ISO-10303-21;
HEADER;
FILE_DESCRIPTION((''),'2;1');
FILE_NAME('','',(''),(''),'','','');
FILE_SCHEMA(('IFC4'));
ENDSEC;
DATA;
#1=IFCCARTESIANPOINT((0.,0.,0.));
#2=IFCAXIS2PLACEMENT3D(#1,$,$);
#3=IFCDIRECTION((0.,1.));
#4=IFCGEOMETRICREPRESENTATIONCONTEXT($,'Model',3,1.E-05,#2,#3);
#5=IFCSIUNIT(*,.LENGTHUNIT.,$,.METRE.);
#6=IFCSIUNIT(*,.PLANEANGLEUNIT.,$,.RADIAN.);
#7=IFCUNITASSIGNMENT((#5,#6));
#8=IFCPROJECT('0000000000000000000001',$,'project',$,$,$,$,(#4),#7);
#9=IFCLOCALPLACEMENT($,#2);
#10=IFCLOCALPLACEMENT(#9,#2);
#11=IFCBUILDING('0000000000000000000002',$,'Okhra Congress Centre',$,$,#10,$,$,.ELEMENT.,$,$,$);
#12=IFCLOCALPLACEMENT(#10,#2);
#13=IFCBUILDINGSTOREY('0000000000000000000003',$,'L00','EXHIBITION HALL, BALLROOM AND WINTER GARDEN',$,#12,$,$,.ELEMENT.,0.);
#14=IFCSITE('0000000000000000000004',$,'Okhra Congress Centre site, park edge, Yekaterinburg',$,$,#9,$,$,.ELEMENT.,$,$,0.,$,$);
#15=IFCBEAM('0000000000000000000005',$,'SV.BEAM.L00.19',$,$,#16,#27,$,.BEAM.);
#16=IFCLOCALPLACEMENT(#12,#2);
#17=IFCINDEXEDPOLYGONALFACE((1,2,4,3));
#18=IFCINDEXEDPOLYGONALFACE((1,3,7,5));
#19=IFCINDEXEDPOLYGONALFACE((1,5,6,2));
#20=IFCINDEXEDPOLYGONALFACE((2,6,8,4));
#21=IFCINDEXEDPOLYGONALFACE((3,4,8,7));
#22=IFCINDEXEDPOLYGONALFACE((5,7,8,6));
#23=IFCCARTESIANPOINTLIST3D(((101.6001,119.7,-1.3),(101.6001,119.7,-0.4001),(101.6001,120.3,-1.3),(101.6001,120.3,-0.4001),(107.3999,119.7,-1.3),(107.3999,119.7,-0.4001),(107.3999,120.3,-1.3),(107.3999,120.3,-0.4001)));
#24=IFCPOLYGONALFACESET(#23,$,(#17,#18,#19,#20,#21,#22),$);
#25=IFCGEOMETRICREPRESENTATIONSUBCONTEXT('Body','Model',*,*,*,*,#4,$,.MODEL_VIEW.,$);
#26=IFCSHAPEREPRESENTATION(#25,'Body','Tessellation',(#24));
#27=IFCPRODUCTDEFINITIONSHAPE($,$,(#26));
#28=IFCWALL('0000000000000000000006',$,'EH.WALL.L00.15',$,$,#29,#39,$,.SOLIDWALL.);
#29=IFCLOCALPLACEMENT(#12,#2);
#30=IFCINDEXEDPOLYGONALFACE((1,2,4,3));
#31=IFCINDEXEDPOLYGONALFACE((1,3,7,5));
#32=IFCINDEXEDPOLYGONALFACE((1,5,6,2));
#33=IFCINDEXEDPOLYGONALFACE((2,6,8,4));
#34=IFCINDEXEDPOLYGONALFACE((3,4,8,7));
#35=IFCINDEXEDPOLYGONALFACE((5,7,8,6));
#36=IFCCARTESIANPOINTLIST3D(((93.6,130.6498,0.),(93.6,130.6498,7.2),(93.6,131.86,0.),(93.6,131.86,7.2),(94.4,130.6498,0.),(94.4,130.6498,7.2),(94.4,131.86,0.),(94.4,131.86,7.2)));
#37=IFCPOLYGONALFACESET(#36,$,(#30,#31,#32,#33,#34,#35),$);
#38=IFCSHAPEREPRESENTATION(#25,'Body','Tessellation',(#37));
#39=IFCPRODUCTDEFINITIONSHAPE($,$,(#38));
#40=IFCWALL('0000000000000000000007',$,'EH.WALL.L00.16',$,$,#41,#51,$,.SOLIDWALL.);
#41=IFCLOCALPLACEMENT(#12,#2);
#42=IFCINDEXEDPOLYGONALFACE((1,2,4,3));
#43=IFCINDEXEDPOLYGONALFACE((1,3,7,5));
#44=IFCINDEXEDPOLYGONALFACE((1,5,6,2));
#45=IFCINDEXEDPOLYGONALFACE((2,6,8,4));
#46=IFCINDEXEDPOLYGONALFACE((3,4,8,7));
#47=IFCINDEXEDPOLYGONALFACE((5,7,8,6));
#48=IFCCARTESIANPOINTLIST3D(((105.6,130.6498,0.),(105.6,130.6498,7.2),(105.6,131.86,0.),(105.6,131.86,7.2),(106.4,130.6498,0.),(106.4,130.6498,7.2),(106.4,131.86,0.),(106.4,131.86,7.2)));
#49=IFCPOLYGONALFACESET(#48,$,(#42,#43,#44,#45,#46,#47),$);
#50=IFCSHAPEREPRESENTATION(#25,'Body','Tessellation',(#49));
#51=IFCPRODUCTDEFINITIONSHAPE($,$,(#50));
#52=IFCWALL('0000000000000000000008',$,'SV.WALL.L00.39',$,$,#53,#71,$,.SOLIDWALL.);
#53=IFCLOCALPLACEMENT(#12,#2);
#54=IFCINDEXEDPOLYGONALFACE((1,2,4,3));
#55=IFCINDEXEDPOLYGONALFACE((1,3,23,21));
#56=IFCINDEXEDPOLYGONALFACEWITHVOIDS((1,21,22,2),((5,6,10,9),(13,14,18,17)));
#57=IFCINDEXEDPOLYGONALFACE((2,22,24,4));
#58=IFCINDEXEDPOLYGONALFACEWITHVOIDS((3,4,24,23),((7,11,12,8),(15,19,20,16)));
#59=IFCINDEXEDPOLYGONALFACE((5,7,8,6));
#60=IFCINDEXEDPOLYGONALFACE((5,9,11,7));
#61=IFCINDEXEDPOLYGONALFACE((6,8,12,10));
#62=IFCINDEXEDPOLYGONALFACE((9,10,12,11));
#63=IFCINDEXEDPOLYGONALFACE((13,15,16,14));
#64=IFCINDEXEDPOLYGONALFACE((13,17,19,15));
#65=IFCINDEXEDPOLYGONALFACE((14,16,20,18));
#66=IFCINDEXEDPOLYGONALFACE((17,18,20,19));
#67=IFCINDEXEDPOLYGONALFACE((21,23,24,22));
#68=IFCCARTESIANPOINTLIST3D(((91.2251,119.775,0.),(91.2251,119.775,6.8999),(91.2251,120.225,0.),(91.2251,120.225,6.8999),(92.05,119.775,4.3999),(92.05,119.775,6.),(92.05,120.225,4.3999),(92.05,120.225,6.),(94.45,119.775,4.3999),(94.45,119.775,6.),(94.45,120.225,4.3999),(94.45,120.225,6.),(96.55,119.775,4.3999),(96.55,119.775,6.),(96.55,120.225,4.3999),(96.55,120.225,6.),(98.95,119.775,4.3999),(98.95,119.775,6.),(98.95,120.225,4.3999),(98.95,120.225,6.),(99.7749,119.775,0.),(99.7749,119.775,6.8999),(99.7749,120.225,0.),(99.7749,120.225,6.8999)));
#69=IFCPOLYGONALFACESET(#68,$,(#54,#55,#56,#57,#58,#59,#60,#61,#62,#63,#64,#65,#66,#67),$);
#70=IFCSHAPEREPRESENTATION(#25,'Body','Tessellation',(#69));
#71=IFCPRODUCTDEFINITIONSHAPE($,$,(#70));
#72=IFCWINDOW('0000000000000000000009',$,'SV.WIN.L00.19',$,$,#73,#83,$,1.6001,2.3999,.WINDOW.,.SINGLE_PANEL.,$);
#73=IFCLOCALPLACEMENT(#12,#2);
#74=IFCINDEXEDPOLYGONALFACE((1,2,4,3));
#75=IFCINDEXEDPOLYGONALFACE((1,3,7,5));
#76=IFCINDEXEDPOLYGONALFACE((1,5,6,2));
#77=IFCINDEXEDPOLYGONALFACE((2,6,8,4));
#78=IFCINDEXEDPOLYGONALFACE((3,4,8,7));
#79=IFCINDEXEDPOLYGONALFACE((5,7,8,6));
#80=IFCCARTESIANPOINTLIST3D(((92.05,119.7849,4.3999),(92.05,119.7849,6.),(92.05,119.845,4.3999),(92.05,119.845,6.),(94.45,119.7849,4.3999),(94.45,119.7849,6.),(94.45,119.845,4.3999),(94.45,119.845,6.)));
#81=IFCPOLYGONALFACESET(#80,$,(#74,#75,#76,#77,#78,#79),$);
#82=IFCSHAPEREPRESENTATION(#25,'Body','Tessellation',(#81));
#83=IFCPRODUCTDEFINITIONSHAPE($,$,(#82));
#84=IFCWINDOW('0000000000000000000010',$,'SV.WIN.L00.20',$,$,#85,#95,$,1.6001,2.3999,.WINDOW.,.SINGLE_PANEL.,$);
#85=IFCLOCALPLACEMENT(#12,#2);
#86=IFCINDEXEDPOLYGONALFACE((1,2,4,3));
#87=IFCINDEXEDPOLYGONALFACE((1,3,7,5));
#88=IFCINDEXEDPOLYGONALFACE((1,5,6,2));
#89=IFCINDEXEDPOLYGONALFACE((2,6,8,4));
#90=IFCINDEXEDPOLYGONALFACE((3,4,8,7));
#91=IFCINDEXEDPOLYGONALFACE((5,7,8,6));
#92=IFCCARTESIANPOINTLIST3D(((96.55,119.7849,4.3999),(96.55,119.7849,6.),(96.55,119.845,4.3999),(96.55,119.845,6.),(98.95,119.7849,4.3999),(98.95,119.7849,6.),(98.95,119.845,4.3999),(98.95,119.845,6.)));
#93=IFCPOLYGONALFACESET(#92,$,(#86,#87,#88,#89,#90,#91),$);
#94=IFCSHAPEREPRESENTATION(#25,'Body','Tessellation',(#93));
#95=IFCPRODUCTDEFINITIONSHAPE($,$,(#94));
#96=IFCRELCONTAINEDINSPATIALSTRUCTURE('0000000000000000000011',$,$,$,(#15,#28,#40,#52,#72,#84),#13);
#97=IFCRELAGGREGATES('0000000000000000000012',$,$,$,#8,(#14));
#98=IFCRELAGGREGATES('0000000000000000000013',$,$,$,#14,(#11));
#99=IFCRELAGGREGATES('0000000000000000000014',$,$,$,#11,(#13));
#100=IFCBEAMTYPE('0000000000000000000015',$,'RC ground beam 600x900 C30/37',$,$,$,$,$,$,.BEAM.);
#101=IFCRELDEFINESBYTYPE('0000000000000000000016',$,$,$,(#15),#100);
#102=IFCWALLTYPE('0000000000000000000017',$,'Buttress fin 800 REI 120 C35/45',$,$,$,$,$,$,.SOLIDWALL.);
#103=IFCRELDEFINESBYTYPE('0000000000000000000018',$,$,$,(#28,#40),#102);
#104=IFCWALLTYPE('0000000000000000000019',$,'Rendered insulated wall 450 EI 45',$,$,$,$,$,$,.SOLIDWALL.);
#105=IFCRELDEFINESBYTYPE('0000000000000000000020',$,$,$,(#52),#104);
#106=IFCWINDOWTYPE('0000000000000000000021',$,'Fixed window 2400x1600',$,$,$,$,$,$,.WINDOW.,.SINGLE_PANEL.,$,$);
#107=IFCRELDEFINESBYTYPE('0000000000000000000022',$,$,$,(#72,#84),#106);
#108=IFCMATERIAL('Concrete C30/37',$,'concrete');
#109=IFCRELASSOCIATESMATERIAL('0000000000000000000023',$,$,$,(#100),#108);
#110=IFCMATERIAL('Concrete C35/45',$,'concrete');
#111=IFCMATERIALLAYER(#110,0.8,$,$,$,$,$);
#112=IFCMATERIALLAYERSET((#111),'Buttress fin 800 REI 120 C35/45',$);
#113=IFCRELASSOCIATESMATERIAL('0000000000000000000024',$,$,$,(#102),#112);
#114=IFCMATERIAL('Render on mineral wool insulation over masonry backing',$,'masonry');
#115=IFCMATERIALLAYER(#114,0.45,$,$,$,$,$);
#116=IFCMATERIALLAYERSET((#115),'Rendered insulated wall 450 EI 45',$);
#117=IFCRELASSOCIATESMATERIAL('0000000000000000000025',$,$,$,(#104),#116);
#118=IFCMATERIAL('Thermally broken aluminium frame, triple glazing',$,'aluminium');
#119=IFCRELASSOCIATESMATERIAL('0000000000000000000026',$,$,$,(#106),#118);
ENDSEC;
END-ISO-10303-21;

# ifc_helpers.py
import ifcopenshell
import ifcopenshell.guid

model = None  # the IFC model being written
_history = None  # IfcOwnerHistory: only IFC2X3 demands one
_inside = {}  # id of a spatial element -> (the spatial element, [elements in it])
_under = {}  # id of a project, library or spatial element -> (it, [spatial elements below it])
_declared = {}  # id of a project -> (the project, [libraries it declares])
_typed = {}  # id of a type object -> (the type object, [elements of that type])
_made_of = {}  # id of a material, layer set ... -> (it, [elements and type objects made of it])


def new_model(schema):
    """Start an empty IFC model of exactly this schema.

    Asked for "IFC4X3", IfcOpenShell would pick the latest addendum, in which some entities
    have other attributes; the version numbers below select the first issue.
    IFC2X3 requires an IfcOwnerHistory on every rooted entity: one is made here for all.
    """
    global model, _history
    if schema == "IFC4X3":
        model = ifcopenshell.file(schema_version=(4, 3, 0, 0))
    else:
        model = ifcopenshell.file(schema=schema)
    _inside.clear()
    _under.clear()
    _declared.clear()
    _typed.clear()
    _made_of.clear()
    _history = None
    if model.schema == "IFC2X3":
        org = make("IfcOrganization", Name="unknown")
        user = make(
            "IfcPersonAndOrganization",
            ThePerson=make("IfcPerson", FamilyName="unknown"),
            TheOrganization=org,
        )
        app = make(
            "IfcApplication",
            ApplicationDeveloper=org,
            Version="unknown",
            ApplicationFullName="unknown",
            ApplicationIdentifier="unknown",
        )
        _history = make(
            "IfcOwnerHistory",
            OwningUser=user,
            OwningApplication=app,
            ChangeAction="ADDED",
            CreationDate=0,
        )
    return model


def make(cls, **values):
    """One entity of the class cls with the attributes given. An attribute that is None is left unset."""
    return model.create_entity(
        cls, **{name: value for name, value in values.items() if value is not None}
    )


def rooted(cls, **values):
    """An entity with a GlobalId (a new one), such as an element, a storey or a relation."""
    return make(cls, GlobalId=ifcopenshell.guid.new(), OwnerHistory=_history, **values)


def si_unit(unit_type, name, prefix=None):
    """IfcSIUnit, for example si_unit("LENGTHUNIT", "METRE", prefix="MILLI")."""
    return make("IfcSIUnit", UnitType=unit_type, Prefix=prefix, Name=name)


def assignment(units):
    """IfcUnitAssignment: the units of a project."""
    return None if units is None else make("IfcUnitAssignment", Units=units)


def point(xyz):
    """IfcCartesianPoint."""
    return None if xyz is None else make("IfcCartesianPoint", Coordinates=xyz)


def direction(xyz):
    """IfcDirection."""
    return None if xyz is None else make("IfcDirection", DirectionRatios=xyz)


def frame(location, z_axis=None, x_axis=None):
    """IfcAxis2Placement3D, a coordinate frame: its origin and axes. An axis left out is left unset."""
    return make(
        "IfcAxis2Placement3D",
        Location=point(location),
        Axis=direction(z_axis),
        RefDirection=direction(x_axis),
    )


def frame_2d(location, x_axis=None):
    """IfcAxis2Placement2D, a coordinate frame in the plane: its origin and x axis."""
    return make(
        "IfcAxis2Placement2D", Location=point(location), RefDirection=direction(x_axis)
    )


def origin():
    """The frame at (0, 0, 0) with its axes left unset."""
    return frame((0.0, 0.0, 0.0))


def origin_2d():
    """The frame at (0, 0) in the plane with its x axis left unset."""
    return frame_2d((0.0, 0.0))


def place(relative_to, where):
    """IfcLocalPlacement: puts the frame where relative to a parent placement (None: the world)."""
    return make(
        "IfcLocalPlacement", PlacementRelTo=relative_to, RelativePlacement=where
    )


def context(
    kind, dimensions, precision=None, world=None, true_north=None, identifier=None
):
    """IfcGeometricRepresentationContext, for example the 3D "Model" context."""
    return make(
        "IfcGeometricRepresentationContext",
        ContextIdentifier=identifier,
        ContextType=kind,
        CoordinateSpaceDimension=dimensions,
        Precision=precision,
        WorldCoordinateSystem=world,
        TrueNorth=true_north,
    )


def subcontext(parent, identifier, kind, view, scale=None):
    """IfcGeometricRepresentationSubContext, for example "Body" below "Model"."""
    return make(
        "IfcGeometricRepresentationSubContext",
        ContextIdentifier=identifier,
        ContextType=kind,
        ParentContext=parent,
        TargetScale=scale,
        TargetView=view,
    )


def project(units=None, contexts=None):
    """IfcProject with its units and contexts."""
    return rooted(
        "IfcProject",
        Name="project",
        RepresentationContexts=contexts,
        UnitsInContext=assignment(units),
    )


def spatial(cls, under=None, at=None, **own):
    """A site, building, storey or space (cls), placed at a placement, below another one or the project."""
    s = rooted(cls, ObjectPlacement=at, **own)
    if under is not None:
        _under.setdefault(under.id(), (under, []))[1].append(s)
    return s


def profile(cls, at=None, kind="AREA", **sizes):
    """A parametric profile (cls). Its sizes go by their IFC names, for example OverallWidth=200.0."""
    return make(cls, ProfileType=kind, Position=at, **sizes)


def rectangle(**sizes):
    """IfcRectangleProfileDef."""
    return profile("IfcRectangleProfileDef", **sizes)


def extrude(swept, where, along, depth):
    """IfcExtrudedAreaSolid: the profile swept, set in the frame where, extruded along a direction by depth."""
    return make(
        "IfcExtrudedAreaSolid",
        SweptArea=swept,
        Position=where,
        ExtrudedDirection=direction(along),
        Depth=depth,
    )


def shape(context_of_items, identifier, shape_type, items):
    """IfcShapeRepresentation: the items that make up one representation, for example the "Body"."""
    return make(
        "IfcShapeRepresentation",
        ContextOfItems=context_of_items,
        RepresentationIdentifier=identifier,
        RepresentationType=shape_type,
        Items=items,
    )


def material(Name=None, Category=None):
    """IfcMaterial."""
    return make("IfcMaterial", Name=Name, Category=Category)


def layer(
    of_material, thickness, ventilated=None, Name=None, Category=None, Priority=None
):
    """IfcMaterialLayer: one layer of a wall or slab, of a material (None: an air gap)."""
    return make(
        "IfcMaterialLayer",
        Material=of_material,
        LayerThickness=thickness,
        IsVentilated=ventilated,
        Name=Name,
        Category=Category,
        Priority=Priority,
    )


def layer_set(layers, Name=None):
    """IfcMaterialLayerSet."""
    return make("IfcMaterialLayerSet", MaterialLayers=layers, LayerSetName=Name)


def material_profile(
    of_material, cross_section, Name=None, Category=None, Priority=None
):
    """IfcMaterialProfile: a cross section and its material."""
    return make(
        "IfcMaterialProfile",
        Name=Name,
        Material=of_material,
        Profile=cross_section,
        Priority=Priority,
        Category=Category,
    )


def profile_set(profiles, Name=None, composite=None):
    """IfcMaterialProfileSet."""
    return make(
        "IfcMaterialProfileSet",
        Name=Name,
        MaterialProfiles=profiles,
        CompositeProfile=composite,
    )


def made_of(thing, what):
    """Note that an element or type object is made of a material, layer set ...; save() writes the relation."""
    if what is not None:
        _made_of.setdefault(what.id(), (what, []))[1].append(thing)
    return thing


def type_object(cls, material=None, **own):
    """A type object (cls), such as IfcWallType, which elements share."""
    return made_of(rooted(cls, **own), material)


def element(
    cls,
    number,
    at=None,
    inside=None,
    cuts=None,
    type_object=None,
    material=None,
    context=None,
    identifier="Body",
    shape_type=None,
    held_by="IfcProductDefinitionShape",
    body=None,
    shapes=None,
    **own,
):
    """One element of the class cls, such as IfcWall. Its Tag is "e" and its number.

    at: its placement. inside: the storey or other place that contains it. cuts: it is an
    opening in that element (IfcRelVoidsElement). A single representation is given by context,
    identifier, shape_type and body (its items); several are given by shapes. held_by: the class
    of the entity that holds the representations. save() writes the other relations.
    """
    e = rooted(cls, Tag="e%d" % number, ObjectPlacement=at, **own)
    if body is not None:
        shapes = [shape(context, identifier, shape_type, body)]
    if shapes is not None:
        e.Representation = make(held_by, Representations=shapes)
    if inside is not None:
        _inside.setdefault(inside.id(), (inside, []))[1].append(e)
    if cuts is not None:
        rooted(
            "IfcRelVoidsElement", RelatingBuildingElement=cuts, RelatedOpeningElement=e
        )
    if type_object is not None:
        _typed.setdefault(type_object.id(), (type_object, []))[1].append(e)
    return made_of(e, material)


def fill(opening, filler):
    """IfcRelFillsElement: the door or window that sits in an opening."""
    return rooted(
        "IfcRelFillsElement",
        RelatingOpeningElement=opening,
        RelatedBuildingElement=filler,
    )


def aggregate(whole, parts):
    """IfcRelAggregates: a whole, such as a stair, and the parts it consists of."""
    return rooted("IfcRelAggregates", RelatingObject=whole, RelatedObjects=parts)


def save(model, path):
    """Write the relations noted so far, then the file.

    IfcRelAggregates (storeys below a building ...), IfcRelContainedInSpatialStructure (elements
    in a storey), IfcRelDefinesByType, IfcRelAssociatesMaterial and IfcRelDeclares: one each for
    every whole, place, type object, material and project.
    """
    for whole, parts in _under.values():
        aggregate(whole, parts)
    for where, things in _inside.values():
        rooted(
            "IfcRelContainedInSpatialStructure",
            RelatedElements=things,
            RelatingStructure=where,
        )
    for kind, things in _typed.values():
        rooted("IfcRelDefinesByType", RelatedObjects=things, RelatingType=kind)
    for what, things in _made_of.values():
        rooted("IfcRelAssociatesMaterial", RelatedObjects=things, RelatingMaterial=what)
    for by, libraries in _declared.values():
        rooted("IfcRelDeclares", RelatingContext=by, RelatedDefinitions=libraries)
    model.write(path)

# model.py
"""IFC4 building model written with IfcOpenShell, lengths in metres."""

from ifc_helpers import new_model, si_unit, direction, frame, frame_2d, origin, origin_2d, place, context, subcontext, project, spatial, rectangle, extrude, material, layer, layer_set, material_profile, profile_set, type_object, element, fill, save


model = new_model("IFC4")

# Units and contexts
model_context = context("Model", 3, precision=1e-05, world=origin(), true_north=direction((0.0, 1.0)))
body_context = subcontext(model_context, "Body", "Model", "MODEL_VIEW")
ifc_project = project(units=[si_unit("LENGTHUNIT", "METRE"), si_unit("PLANEANGLEUNIT", "RADIAN")], contexts=[model_context])

# Site, building, storey
site_placement = place(None, origin())
site = spatial("IfcSite", under=ifc_project, at=site_placement, Name="Okhra Congress Centre site, park edge, Yekaterinburg", CompositionType="ELEMENT", RefElevation=0.0)
building_placement = place(site_placement, origin())
building = spatial("IfcBuilding", under=site, at=building_placement, Name="Okhra Congress Centre", CompositionType="ELEMENT")
storey_placement = place(building_placement, origin())
storey = spatial("IfcBuildingStorey", under=building, at=storey_placement, Name="L00", Description="EXHIBITION HALL, BALLROOM AND WINTER GARDEN", CompositionType="ELEMENT", Elevation=0.0)

# Shared definitions
ifc_material_1 = material(Name="Concrete C30/37", Category="concrete")

# Shared definitions
ifc_material_2 = material(Name="Concrete C35/45", Category="concrete")

# Beam
ifc_material_profile_1 = material_profile(ifc_material_1, rectangle(XDim=0.6001, YDim=0.8999, at=origin_2d()), Name="RC 600x900")
ifc_profile_set_1 = profile_set([ifc_material_profile_1], Name="Concrete C30/37")
beam_type = type_object("IfcBeamType", Name="RC ground beam 600x900 C30/37", PredefinedType="BEAM", material=ifc_profile_set_1)
for number, where, z_axis, x_axis, name in (
    (1, (101.6001, 120.0, -0.8501), (1.0, 0.0, 0.0), (0.0, 1.0, 0.0), "SV.BEAM.L00.19"),
):
    element("IfcBeam", number, at=place(storey_placement, frame(where, z_axis=z_axis, x_axis=x_axis)), inside=storey, type_object=beam_type, Name=name, PredefinedType="BEAM", context=body_context, shape_type="SweptSolid", body=[
        extrude(rectangle(XDim=0.6001, YDim=0.8999, at=origin_2d()), origin(), (0.0, 0.0, 1.0), 5.7998),
    ])

# Walls
ifc_layer_1 = layer(ifc_material_2, 0.8)
ifc_layer_set_1 = layer_set([ifc_layer_1], Name="Buttress fin 800 REI 120 C35/45")
wall_type_1 = type_object("IfcWallType", Name="Buttress fin 800 REI 120 C35/45", PredefinedType="SOLIDWALL", material=ifc_layer_set_1)
for number, where, z_axis, x_axis, name in (
    (2, (94.0, 130.6499, 0.0), (0.0, 0.0, 1.0), (0.0, 1.0, 0.0), "EH.WALL.L00.15"),
    (3, (106.0, 130.6499, 0.0), (0.0, 0.0, 1.0), (0.0, 1.0, 0.0), "EH.WALL.L00.16"),
):
    element("IfcWall", number, at=place(storey_placement, frame(where, z_axis=z_axis, x_axis=x_axis)), inside=storey, type_object=wall_type_1, Name=name, PredefinedType="SOLIDWALL", context=body_context, shape_type="SweptSolid", body=[
        extrude(rectangle(XDim=1.2102, YDim=0.8, at=frame_2d((0.605, 0.0))), origin(), (0.0, 0.0, 1.0), 7.2),
    ])

# Wall, openings, windows
ifc_material_3 = material(Name="Render on mineral wool insulation over masonry backing", Category="masonry")
ifc_layer_2 = layer(ifc_material_3, 0.45)
ifc_layer_set_2 = layer_set([ifc_layer_2], Name="Rendered insulated wall 450 EI 45")
wall_type_2 = type_object("IfcWallType", Name="Rendered insulated wall 450 EI 45", PredefinedType="SOLIDWALL", material=ifc_layer_set_2)
wall_1_placement = place(storey_placement, frame((99.7749, 120.0, 0.0), z_axis=(0.0, 0.0, 1.0), x_axis=(-1.0, 0.0, 0.0)))
wall_1 = element("IfcWall", 4, at=wall_1_placement, inside=storey, type_object=wall_type_2, Name="SV.WALL.L00.39", PredefinedType="SOLIDWALL", context=body_context, shape_type="SweptSolid", body=[
    extrude(rectangle(XDim=8.5498, YDim=0.45, at=frame_2d((4.2749, 0.0))), origin(), (0.0, 0.0, 1.0), 6.8999),
])
opening_1_placement = place(wall_1_placement, frame((5.325, 0.0, 4.3999)))
opening_1 = element("IfcOpeningElement", 5, at=opening_1_placement, cuts=wall_1, PredefinedType="OPENING", context=body_context, shape_type="SweptSolid", body=[
    extrude(rectangle(XDim=2.3999, YDim=1.6001, at=frame_2d((1.2, 0.8))), frame((0.0, 0.2349, 0.0), z_axis=(0.0, -1.0, 0.0), x_axis=(1.0, 0.0, 0.0)), (0.0, 0.0, 1.0), 0.47),
])
opening_2_placement = place(wall_1_placement, frame((0.825, 0.0, 4.3999)))
opening_2 = element("IfcOpeningElement", 6, at=opening_2_placement, cuts=wall_1, PredefinedType="OPENING", context=body_context, shape_type="SweptSolid", body=[
    extrude(rectangle(XDim=2.3999, YDim=1.6001, at=frame_2d((1.2, 0.8))), frame((0.0, 0.2349, 0.0), z_axis=(0.0, -1.0, 0.0), x_axis=(1.0, 0.0, 0.0)), (0.0, 0.0, 1.0), 0.47),
])
ifc_material_4 = material(Name="Thermally broken aluminium frame, triple glazing", Category="aluminium")
window_type = type_object("IfcWindowType", Name="Fixed window 2400x1600", PartitioningType="SINGLE_PANEL", PredefinedType="WINDOW", material=ifc_material_4)
window_1_placement = place(opening_1_placement, origin())
window_1 = element("IfcWindow", 7, at=window_1_placement, inside=storey, type_object=window_type, Name="SV.WIN.L00.19", OverallHeight=1.6001, OverallWidth=2.3999, PartitioningType="SINGLE_PANEL", PredefinedType="WINDOW", context=body_context, shape_type="SweptSolid", body=[
    extrude(rectangle(XDim=2.3999, YDim=1.6001, at=frame_2d((1.2, 0.8))), frame((0.0, 0.2151, 0.0), z_axis=(0.0, -1.0, 0.0), x_axis=(1.0, 0.0, 0.0)), (0.0, 0.0, 1.0), 0.0601),
])
fill(opening_1, window_1)
window_2_placement = place(opening_2_placement, origin())
window_2 = element("IfcWindow", 8, at=window_2_placement, inside=storey, type_object=window_type, Name="SV.WIN.L00.20", OverallHeight=1.6001, OverallWidth=2.3999, PartitioningType="SINGLE_PANEL", PredefinedType="WINDOW", context=body_context, shape_type="SweptSolid", body=[
    extrude(rectangle(XDim=2.3999, YDim=1.6001, at=frame_2d((1.2, 0.8))), frame((0.0, 0.2151, 0.0), z_axis=(0.0, -1.0, 0.0), x_axis=(1.0, 0.0, 0.0)), (0.0, 0.0, 1.0), 0.0601),
])
fill(opening_2, window_2)

save(model, "model.ifc")
